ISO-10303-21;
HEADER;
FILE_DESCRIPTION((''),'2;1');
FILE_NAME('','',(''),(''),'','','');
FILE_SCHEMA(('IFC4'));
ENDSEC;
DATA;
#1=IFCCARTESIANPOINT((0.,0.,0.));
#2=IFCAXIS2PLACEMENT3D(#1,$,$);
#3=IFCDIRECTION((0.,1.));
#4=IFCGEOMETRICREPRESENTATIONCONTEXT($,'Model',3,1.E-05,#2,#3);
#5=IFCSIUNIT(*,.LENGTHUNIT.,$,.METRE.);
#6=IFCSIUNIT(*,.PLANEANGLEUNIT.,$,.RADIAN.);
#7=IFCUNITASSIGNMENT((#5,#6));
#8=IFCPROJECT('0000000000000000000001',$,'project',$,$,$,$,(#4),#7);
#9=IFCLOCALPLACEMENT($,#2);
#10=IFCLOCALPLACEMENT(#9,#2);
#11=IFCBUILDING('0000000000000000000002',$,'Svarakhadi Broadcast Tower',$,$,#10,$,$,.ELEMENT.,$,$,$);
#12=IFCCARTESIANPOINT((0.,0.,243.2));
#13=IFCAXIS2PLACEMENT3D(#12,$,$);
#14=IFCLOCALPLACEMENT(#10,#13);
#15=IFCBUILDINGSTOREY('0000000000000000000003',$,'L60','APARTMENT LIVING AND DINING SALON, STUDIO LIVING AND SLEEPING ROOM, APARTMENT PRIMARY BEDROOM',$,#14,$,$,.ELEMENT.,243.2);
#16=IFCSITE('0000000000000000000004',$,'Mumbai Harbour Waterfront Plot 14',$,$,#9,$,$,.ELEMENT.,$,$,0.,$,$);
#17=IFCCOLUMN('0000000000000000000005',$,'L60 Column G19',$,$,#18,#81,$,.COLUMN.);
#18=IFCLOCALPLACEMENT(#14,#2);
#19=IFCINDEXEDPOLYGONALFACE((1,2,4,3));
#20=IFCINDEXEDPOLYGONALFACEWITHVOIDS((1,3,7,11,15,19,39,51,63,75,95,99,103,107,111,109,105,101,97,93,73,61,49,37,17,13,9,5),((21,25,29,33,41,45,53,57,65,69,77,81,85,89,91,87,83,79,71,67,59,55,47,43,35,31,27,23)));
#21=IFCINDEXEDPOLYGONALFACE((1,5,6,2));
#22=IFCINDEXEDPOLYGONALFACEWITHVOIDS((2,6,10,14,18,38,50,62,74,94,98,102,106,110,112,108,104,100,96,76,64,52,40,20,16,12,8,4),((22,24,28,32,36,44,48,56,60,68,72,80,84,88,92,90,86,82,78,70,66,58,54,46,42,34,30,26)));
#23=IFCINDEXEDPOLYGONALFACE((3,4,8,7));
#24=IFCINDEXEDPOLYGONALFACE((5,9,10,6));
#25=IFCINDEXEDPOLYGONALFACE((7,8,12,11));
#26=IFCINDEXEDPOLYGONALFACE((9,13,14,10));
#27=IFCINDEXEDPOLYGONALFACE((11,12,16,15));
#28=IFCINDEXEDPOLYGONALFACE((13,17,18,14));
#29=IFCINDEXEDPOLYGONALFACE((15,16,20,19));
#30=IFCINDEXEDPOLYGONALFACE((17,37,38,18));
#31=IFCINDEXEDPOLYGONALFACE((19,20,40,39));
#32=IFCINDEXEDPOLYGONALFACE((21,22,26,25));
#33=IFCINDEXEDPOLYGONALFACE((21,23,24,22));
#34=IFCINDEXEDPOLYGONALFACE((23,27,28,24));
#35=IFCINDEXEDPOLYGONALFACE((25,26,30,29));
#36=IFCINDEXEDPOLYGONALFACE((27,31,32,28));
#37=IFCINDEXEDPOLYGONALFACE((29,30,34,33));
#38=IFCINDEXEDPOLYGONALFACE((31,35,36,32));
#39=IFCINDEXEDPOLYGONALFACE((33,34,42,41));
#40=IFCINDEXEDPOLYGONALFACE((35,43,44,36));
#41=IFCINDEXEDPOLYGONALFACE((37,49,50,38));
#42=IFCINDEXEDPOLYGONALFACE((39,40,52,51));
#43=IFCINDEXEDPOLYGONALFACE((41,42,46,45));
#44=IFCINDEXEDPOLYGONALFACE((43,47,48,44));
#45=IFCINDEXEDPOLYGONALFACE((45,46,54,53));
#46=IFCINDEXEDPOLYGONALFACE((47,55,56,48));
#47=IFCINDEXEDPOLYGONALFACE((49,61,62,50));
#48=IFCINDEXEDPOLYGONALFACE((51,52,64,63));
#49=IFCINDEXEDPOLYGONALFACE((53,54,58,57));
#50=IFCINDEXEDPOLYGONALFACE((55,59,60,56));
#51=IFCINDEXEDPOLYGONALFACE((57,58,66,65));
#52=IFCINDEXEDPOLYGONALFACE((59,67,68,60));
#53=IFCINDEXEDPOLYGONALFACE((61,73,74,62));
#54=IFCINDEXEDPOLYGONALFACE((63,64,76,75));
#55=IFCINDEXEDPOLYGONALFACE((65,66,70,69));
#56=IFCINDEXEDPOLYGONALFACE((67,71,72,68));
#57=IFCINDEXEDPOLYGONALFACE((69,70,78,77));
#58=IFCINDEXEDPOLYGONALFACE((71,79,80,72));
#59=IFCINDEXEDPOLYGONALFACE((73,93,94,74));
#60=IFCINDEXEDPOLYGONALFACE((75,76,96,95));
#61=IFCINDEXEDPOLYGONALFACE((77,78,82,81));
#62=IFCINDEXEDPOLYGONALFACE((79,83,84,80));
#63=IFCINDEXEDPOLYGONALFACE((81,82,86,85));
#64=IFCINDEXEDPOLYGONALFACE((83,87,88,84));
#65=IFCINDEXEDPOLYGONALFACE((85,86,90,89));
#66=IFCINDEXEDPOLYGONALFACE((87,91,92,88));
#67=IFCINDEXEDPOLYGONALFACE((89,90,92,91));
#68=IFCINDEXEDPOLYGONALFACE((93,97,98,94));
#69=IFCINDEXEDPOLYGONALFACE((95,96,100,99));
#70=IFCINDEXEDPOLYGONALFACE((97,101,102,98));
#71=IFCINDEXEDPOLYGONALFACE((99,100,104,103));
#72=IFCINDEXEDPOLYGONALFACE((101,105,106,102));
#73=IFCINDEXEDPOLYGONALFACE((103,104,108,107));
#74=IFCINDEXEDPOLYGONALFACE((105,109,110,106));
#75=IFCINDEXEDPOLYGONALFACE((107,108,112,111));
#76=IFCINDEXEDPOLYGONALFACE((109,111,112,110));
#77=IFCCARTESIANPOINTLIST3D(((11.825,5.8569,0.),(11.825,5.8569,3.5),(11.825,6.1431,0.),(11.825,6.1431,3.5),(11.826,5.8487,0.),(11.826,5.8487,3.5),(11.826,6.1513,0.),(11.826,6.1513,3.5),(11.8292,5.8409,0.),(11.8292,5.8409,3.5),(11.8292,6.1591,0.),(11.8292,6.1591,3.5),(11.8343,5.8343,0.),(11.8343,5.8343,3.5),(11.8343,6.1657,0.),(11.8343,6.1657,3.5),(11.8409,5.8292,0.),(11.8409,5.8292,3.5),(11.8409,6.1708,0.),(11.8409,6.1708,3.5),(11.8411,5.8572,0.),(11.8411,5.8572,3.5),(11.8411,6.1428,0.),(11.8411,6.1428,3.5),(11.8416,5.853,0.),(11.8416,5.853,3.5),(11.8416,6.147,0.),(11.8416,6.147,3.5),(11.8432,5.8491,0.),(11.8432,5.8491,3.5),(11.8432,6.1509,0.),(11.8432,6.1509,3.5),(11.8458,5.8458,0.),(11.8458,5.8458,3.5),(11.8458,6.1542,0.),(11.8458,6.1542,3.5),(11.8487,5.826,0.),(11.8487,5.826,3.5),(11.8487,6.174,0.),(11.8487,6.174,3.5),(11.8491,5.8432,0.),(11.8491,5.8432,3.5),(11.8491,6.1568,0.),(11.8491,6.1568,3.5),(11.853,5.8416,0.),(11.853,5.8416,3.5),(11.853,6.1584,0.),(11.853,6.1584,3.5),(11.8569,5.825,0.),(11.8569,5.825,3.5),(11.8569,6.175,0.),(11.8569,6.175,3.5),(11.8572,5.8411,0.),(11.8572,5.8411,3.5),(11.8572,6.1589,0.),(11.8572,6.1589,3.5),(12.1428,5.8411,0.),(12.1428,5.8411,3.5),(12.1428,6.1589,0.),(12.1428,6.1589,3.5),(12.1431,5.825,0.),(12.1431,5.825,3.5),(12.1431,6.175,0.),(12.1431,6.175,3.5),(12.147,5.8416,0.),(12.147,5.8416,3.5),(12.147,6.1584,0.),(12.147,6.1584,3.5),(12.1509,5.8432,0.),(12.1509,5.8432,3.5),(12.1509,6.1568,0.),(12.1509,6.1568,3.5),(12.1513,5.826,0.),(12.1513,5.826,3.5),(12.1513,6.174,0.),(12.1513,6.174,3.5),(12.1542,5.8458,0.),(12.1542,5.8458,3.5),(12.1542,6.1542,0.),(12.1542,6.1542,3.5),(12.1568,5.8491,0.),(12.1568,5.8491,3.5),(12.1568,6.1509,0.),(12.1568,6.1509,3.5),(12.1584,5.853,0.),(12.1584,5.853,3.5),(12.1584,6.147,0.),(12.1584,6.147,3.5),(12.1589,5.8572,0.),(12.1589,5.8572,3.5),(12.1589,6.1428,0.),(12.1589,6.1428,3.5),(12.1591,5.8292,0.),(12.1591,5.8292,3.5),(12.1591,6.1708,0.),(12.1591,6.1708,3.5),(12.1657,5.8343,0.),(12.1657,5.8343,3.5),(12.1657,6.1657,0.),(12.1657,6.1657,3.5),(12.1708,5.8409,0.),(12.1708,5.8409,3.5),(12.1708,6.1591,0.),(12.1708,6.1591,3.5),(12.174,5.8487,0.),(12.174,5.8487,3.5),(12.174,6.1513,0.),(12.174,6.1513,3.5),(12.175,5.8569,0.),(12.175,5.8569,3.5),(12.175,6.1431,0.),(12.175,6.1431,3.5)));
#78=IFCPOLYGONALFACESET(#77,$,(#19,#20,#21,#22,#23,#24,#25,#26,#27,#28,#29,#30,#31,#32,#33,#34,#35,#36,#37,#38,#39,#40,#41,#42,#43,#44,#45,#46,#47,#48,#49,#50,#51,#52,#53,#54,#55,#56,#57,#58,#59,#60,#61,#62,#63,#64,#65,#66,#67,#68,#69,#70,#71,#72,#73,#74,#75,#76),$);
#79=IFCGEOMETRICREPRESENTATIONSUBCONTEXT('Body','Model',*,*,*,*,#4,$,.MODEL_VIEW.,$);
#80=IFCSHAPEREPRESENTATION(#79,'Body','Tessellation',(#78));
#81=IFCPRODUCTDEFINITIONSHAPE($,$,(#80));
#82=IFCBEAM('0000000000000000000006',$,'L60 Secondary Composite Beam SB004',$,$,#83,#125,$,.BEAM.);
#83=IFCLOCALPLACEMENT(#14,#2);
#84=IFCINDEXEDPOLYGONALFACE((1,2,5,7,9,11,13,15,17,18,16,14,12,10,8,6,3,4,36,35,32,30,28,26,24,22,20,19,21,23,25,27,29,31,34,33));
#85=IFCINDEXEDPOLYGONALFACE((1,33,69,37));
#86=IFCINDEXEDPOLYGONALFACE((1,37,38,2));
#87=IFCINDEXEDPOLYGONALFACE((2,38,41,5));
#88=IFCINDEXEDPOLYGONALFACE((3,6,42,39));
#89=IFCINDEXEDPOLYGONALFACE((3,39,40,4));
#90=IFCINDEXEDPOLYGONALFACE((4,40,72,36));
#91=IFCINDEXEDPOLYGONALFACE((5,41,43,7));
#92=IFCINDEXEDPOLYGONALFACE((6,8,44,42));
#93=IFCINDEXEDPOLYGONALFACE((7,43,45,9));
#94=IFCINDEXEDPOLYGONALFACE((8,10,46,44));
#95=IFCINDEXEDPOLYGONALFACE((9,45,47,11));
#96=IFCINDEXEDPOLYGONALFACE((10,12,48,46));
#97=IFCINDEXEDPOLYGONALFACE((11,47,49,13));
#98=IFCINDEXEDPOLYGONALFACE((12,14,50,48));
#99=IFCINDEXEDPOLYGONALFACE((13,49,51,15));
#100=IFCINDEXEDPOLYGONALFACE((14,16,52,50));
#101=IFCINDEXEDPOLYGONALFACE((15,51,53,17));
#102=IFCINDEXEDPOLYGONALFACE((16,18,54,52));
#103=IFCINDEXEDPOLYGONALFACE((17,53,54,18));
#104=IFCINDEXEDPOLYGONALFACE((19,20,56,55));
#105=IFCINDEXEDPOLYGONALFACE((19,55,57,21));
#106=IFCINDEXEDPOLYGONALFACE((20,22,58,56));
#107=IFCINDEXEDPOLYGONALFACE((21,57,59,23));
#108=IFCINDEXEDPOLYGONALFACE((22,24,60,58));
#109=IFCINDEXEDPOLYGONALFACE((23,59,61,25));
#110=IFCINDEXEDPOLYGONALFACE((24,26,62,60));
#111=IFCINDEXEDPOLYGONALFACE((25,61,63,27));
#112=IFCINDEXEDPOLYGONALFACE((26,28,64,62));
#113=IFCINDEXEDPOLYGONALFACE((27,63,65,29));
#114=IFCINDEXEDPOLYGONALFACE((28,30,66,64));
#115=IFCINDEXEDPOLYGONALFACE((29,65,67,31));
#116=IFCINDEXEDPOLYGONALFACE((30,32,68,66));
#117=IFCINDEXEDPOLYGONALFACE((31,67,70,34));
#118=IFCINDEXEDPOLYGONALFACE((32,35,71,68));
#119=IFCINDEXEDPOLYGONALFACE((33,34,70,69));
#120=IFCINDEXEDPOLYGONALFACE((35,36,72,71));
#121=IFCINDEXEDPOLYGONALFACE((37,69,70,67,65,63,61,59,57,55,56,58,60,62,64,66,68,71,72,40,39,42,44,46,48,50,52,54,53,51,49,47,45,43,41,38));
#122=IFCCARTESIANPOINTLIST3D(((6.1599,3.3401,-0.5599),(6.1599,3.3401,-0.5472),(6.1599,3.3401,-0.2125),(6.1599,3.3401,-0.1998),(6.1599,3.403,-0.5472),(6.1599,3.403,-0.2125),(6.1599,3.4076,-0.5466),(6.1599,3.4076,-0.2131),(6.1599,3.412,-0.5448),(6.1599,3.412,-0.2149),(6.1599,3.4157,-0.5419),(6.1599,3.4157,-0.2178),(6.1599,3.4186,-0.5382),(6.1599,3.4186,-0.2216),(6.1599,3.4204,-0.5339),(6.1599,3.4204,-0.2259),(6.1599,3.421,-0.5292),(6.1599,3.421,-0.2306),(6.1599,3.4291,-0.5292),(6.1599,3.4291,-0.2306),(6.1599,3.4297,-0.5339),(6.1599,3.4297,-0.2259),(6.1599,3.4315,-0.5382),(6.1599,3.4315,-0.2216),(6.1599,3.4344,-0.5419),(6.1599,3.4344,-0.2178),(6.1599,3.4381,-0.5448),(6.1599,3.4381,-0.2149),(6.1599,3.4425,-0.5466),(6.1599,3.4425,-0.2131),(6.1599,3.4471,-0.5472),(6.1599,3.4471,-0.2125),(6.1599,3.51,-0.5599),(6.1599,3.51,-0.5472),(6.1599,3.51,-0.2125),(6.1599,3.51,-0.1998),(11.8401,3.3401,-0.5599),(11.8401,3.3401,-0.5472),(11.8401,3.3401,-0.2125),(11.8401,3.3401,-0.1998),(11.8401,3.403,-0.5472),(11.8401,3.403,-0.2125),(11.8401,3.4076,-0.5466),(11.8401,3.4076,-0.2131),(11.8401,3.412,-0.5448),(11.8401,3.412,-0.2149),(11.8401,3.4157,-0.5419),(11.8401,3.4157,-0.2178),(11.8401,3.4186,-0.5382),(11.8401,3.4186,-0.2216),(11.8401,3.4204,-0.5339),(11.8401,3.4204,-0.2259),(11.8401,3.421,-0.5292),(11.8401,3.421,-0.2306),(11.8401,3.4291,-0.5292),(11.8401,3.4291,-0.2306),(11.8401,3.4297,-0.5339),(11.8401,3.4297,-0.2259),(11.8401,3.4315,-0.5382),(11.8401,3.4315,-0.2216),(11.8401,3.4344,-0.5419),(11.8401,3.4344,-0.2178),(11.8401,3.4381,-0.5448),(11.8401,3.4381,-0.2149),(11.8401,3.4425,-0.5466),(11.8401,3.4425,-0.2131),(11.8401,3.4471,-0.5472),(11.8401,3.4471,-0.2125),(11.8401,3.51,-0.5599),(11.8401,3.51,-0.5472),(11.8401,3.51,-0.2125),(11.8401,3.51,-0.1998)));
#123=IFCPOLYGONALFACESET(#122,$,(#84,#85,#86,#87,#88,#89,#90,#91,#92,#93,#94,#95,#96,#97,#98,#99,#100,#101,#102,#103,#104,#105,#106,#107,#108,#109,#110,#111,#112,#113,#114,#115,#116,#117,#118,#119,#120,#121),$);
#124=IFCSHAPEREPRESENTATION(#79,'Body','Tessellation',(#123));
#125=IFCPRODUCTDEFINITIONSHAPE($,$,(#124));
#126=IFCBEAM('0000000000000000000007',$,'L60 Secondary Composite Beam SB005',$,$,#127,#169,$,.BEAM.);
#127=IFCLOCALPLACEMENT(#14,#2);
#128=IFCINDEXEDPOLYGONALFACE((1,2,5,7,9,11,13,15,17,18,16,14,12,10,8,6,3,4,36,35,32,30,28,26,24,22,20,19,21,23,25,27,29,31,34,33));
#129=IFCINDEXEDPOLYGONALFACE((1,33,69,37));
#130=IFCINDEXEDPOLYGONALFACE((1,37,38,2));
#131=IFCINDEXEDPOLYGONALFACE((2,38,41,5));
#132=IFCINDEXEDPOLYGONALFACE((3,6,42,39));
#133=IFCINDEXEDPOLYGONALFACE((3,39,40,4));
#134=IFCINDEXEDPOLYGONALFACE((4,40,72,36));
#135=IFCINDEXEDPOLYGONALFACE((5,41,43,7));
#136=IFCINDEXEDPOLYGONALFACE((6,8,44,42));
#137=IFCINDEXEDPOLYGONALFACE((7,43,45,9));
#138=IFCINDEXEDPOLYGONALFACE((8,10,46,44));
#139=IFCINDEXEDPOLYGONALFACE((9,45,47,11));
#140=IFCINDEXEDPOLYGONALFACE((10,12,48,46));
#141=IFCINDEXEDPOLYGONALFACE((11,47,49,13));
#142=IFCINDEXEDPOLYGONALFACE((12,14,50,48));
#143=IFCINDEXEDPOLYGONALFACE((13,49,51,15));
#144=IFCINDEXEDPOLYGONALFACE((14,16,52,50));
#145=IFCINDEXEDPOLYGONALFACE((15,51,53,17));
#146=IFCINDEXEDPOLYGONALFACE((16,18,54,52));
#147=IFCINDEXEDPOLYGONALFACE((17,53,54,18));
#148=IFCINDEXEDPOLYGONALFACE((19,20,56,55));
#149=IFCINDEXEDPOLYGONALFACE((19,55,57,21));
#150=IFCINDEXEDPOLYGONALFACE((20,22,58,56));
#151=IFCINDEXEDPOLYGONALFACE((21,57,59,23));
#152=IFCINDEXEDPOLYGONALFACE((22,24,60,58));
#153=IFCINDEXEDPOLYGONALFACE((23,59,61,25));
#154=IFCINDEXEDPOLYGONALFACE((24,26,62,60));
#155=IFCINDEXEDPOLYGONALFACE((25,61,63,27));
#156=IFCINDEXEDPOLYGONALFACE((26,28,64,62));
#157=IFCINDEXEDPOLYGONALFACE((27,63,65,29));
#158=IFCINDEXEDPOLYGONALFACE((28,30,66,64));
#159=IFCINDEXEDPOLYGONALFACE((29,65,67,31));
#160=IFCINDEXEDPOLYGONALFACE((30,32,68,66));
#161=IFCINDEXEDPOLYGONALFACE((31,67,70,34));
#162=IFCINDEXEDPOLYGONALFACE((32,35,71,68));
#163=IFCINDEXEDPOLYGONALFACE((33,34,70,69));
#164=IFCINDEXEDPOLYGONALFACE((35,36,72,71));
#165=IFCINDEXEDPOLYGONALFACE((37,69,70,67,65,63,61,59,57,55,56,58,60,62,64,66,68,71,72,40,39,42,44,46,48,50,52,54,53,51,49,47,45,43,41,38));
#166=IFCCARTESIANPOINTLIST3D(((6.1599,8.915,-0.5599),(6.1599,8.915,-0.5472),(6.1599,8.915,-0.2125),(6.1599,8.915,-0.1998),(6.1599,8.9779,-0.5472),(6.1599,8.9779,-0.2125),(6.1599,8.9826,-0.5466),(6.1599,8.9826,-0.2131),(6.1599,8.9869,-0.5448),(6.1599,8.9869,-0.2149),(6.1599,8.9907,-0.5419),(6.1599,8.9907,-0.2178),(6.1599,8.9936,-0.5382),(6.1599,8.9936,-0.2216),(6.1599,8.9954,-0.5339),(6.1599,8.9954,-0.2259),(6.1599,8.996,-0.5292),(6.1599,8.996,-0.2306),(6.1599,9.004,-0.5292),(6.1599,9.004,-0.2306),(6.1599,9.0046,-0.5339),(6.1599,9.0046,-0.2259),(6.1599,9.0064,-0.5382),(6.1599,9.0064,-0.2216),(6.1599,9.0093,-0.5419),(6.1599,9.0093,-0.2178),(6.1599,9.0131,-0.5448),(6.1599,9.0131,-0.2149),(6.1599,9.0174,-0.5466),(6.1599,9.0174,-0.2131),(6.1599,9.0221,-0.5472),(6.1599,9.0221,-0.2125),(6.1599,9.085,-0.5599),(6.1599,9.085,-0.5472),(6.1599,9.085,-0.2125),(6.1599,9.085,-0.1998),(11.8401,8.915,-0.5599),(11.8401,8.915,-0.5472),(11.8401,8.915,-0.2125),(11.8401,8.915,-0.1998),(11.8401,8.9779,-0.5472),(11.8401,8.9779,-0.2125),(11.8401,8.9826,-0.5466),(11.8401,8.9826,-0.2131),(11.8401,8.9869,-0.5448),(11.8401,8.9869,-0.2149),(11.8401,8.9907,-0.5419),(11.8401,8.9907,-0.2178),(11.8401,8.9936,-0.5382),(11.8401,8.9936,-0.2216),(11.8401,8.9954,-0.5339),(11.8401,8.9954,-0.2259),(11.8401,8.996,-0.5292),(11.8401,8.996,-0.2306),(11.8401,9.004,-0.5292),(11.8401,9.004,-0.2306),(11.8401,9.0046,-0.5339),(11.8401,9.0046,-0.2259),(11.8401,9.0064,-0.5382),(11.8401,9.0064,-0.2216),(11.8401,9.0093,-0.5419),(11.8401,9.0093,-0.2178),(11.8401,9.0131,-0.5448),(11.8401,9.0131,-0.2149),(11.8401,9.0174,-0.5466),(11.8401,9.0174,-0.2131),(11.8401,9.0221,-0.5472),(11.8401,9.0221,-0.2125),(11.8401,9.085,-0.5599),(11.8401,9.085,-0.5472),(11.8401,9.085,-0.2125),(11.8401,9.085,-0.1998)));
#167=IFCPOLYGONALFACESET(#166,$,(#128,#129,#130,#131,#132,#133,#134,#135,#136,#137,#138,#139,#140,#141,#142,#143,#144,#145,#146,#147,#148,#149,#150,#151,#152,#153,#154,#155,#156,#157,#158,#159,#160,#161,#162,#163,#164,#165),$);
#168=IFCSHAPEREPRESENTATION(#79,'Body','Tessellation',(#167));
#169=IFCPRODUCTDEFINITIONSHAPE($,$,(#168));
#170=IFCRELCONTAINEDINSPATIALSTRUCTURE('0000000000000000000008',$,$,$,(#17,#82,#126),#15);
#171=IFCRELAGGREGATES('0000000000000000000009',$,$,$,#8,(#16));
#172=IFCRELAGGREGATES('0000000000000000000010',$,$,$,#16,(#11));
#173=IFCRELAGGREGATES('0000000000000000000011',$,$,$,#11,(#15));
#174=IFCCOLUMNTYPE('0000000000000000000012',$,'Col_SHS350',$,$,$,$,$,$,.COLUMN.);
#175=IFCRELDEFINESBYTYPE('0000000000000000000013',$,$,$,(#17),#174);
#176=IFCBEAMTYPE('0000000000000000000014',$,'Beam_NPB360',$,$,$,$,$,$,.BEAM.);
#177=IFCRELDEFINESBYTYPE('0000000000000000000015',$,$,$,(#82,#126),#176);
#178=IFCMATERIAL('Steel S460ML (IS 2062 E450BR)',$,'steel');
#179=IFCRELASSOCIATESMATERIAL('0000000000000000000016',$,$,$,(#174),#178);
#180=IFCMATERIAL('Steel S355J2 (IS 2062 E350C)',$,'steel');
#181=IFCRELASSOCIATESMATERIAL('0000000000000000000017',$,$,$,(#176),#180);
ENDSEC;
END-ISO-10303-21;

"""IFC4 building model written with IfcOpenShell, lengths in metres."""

from ifc_helpers import new_model, si_unit, direction, frame, origin, origin_2d, place, context, subcontext, project, spatial, hollow_rectangle, i_section, extrude, material, material_profile, profile_set, type_object, element, save


model = new_model("IFC4")

# Units and contexts
model_context = context("Model", 3, precision=1e-05, world=origin(), true_north=direction((0.0, 1.0)))
body_context = subcontext(model_context, "Body", "Model", "MODEL_VIEW")
ifc_project = project(units=[si_unit("LENGTHUNIT", "METRE"), si_unit("PLANEANGLEUNIT", "RADIAN")], contexts=[model_context])

# Site, building, storey
site_placement = place(None, origin())
site = spatial("IfcSite", under=ifc_project, at=site_placement, Name="Mumbai Harbour Waterfront Plot 14", CompositionType="ELEMENT", RefElevation=0.0)
building_placement = place(site_placement, origin())
building = spatial("IfcBuilding", under=site, at=building_placement, Name="Svarakhadi Broadcast Tower", CompositionType="ELEMENT")
storey_placement = place(building_placement, frame((0.0, 0.0, 243.2)))
storey = spatial("IfcBuildingStorey", under=building, at=storey_placement, Name="L60", Description="APARTMENT LIVING AND DINING SALON, STUDIO LIVING AND SLEEPING ROOM, APARTMENT PRIMARY BEDROOM", CompositionType="ELEMENT", Elevation=243.2)

# Column
ifc_material_1 = material(Name="Steel S460ML (IS 2062 E450BR)", Category="steel")
ifc_material_profile_1 = material_profile(ifc_material_1, hollow_rectangle(XDim=0.3501, YDim=0.3501, WallThickness=0.0161, InnerFilletRadius=0.0161, OuterFilletRadius=0.032, at=origin_2d()), Name="SHS 350x350x16")
ifc_profile_set_1 = profile_set([ifc_material_profile_1], Name="Steel S460ML (IS 2062 E450BR)")
column_type = type_object("IfcColumnType", Name="Col_SHS350", PredefinedType="COLUMN", material=ifc_profile_set_1)
for number, where, z_axis, x_axis, name in (
    (1, (12.0, 6.0, 0.0), (0.0, 0.0, 1.0), (1.0, 0.0, 0.0), "L60 Column G19"),
):
    element("IfcColumn", number, at=place(storey_placement, frame(where, z_axis=z_axis, x_axis=x_axis)), inside=storey, type_object=column_type, Name=name, PredefinedType="COLUMN", context=body_context, shape_type="SweptSolid", body=[
        extrude(hollow_rectangle(XDim=0.3501, YDim=0.3501, WallThickness=0.0161, InnerFilletRadius=0.0161, OuterFilletRadius=0.032, at=origin_2d()), origin(), (0.0, 0.0, 1.0), 3.5),
    ])

# Beams
ifc_material_2 = material(Name="Steel S355J2 (IS 2062 E350C)", Category="steel")
ifc_material_profile_2 = material_profile(ifc_material_2, i_section(OverallWidth=0.1699, OverallDepth=0.3601, WebThickness=0.0081, FlangeThickness=0.0127, FilletRadius=0.0181, at=origin_2d()), Name="NPB 360x170x57")
ifc_profile_set_2 = profile_set([ifc_material_profile_2], Name="Steel S355J2 (IS 2062 E350C)")
beam_type_1 = type_object("IfcBeamType", Name="Beam_NPB360", PredefinedType="BEAM", material=ifc_profile_set_2)
for number, where, z_axis, x_axis, name in (
    (2, (6.1599, 3.425, -0.3799), (1.0, 0.0, 0.0), (0.0, 1.0, 0.0), "L60 Secondary Composite Beam SB004"),
    (3, (6.1599, 9.0, -0.3799), (1.0, 0.0, 0.0), (0.0, 1.0, 0.0), "L60 Secondary Composite Beam SB005"),
):
    element("IfcBeam", number, at=place(storey_placement, frame(where, z_axis=z_axis, x_axis=x_axis)), inside=storey, type_object=beam_type_1, Name=name, PredefinedType="BEAM", context=body_context, shape_type="SweptSolid", body=[
        extrude(i_section(OverallWidth=0.1699, OverallDepth=0.3601, WebThickness=0.0081, FlangeThickness=0.0127, FilletRadius=0.0181, at=origin_2d()), origin(), (0.0, 0.0, 1.0), 5.6802),
    ])

save(model, "model.ifc")
